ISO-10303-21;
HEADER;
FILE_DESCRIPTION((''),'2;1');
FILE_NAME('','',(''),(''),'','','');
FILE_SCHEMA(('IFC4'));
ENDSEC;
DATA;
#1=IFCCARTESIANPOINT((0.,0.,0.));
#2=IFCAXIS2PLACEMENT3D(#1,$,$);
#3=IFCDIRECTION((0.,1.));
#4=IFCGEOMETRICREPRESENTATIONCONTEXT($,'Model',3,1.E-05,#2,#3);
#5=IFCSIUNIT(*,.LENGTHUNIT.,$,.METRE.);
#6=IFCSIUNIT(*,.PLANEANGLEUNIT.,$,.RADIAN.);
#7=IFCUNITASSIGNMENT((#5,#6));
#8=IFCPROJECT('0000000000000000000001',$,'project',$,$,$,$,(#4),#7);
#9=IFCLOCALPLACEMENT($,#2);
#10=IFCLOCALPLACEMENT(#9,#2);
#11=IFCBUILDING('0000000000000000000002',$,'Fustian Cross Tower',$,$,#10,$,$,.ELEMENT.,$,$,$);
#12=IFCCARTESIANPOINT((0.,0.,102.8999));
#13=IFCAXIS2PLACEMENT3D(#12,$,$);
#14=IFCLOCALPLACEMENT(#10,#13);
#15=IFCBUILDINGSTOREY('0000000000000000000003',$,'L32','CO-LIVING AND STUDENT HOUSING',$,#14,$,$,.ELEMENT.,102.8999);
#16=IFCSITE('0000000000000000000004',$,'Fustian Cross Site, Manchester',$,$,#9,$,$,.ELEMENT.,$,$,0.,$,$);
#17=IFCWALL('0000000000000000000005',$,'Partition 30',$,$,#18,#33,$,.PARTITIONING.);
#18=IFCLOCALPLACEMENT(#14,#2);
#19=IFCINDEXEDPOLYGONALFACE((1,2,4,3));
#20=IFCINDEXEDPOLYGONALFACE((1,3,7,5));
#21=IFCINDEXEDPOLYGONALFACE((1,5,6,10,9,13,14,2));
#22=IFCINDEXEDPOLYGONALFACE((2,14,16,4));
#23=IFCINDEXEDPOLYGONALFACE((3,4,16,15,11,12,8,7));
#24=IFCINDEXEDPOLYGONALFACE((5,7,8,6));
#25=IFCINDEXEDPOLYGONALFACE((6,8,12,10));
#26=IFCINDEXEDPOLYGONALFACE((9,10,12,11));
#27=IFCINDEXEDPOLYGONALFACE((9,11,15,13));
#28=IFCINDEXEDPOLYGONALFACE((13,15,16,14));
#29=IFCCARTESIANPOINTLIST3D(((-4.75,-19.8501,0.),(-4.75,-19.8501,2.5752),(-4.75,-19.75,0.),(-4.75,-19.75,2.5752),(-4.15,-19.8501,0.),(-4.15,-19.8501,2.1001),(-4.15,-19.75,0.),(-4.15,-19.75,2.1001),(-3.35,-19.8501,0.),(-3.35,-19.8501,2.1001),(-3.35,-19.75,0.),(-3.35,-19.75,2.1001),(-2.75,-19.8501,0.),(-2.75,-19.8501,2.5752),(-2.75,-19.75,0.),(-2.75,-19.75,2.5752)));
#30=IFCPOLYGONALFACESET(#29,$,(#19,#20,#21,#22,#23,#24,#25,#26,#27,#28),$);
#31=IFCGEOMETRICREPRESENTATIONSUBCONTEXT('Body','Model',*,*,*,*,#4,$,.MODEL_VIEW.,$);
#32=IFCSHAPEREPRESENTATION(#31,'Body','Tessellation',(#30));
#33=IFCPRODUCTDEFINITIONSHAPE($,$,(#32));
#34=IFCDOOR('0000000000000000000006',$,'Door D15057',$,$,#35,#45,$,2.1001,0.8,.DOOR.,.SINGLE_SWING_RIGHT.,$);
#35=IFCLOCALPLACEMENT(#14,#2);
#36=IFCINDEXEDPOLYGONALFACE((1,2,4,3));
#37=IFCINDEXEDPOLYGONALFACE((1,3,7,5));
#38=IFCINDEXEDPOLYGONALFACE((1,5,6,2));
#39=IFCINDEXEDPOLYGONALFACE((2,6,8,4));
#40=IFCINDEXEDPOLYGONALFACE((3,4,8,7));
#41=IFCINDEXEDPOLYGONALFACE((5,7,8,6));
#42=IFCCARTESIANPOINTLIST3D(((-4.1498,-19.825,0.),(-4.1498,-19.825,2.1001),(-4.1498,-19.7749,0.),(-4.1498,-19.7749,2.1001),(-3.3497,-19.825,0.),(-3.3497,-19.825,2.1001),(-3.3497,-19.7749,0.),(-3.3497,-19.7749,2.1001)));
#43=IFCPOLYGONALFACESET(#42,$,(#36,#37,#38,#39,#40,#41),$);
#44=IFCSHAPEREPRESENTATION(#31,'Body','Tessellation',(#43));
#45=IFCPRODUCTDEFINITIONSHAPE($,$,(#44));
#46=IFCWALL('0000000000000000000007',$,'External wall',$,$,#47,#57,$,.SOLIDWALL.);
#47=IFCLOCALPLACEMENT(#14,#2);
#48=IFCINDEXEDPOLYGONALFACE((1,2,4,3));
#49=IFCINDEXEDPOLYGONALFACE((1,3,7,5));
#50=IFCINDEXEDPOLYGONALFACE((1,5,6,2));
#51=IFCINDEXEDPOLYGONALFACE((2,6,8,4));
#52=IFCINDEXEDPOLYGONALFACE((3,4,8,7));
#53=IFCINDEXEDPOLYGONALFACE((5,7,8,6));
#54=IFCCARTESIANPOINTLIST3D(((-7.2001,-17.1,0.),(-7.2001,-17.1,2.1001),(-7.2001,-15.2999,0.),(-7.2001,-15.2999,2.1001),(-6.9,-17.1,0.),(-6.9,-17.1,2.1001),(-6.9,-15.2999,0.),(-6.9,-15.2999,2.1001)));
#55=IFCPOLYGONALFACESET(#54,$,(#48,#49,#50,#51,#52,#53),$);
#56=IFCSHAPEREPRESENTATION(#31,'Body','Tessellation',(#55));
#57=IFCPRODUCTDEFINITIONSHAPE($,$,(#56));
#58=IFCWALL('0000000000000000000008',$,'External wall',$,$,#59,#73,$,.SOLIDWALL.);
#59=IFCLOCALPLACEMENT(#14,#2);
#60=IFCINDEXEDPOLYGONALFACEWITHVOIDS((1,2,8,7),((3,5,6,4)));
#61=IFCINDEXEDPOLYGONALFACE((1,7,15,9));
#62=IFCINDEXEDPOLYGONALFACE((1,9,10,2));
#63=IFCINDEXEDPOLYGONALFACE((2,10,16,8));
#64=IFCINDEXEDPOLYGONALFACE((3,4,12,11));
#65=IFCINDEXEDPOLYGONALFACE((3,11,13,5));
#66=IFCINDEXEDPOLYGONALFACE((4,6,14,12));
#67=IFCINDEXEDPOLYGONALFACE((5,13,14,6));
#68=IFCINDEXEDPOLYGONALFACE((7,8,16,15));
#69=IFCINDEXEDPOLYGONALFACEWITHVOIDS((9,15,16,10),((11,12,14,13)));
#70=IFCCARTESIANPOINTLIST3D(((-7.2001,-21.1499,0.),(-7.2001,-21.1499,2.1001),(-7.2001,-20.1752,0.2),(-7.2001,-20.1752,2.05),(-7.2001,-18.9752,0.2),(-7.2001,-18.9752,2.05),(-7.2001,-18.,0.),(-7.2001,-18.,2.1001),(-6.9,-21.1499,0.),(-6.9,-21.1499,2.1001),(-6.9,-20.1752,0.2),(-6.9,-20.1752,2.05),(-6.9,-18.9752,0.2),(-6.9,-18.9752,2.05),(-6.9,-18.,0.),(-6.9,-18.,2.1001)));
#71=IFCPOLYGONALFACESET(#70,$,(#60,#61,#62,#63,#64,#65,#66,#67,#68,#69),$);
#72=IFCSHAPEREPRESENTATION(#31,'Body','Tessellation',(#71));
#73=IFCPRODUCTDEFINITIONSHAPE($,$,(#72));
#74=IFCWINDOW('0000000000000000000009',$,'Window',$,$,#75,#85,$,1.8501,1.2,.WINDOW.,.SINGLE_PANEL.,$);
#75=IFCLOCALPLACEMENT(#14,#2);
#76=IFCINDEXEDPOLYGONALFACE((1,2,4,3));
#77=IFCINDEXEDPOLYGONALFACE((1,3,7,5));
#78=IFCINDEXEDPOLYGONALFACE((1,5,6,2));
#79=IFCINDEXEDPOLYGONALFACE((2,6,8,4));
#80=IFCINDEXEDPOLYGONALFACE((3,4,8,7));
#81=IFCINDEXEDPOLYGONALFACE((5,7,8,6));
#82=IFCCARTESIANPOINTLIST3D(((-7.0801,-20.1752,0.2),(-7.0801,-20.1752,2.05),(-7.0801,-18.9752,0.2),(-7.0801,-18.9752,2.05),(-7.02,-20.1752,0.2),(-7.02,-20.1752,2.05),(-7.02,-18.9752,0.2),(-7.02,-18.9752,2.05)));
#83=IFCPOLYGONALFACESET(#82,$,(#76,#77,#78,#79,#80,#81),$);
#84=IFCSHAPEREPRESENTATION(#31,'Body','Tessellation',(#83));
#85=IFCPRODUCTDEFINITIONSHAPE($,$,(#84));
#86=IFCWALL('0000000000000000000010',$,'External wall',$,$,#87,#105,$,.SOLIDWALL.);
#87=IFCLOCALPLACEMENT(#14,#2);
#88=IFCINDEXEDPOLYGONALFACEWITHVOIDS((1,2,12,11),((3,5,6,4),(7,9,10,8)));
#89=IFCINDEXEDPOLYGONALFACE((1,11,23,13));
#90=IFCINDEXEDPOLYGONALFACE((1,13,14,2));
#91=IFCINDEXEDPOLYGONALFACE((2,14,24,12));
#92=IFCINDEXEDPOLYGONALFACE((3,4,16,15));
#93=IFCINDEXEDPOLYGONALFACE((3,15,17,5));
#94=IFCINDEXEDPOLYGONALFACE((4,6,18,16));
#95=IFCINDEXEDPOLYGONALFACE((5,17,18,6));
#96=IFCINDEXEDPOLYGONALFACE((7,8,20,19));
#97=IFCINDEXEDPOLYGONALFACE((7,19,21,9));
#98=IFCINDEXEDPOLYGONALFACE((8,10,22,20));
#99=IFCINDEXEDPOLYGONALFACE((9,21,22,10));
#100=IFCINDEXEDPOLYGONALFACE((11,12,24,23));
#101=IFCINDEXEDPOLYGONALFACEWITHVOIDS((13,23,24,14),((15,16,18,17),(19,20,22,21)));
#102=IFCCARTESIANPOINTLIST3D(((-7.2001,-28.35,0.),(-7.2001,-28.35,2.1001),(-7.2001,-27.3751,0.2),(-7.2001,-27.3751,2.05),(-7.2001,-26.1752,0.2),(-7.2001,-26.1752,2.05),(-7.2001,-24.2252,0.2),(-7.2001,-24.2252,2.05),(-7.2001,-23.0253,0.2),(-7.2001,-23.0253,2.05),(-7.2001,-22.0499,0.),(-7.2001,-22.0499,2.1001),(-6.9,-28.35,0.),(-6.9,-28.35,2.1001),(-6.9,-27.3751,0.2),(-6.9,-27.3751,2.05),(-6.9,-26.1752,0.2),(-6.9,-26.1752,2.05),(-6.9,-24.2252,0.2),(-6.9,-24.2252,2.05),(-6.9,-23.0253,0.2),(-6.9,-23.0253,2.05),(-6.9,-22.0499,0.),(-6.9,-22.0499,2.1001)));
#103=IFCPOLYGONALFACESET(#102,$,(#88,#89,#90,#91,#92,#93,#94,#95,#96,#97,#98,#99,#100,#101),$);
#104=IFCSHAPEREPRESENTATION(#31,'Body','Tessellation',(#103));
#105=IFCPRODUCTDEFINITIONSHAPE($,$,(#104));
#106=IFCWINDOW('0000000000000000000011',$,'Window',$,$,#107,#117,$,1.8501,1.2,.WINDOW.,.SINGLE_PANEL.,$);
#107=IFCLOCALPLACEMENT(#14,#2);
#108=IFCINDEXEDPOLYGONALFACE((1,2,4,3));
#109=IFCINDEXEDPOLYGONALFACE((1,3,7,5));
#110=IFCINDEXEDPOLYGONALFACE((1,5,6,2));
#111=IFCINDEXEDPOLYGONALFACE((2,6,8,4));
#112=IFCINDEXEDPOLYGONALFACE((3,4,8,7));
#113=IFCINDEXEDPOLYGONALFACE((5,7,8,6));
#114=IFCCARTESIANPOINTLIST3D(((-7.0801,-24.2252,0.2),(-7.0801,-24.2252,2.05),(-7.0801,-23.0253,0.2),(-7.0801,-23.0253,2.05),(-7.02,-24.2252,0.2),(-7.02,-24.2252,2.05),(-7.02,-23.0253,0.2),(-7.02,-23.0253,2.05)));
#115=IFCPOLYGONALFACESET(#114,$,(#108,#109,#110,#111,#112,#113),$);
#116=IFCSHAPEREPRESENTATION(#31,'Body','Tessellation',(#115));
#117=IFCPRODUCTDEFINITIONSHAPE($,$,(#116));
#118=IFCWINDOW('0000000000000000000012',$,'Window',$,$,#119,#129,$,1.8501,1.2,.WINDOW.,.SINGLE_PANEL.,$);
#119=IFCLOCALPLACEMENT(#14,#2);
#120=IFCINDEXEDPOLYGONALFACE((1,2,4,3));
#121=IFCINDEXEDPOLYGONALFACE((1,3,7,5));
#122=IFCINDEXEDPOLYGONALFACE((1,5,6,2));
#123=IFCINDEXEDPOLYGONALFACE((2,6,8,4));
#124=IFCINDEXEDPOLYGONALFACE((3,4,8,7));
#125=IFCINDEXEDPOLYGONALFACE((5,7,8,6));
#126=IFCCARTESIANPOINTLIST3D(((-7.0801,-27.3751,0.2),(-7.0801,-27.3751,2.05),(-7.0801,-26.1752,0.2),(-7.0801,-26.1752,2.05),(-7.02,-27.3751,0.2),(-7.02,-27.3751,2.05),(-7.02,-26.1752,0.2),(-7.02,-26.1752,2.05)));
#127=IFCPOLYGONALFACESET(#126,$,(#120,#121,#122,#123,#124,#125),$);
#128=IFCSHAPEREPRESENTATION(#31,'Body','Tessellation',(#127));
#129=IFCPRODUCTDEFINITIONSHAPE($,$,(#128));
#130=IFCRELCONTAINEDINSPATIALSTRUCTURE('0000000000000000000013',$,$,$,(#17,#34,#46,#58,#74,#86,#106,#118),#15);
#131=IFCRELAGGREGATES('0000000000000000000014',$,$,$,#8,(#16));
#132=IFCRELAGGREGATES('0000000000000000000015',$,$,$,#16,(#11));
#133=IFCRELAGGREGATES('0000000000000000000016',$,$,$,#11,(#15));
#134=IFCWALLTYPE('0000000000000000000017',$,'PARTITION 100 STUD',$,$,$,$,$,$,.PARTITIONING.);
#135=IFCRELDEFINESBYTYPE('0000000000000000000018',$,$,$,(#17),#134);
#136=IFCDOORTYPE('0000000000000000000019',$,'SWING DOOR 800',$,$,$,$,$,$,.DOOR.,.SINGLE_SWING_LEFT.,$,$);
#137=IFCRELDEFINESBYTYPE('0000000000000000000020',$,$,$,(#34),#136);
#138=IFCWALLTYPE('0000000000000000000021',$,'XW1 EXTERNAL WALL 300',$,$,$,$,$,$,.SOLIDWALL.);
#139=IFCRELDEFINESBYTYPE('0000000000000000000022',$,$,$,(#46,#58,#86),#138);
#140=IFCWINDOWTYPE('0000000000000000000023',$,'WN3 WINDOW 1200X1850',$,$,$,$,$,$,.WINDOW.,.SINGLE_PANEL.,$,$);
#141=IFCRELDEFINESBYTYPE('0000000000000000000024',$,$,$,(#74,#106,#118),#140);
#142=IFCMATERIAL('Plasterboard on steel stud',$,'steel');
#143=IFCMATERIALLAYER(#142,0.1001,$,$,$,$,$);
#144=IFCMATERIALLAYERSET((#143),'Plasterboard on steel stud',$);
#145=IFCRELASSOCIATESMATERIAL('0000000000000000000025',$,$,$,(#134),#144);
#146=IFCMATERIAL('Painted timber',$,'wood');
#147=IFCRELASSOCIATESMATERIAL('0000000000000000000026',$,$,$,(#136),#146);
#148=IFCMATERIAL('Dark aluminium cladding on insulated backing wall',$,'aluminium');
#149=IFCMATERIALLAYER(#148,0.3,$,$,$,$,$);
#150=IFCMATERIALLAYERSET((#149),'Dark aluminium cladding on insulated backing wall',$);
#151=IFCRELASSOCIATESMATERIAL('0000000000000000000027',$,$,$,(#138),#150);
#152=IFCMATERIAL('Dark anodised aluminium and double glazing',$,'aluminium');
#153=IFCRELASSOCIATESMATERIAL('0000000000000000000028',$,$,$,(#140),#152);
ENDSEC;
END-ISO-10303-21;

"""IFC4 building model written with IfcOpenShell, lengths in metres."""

from ifc_helpers import new_model, si_unit, direction, frame, frame_2d, origin, place, context, subcontext, project, spatial, rectangle, extrude, material, layer, layer_set, type_object, element, fill, save


model = new_model("IFC4")

# Units and contexts
model_context = context("Model", 3, precision=1e-05, world=origin(), true_north=direction((0.0, 1.0)))
body_context = subcontext(model_context, "Body", "Model", "MODEL_VIEW")
ifc_project = project(units=[si_unit("LENGTHUNIT", "METRE"), si_unit("PLANEANGLEUNIT", "RADIAN")], contexts=[model_context])

# Site, building, storey
site_placement = place(None, origin())
site = spatial("IfcSite", under=ifc_project, at=site_placement, Name="Fustian Cross Site, Manchester", CompositionType="ELEMENT", RefElevation=0.0)
building_placement = place(site_placement, origin())
building = spatial("IfcBuilding", under=site, at=building_placement, Name="Fustian Cross Tower", CompositionType="ELEMENT")
storey_placement = place(building_placement, frame((0.0, 0.0, 102.8999)))
storey = spatial("IfcBuildingStorey", under=building, at=storey_placement, Name="L32", Description="CO-LIVING AND STUDENT HOUSING", CompositionType="ELEMENT", Elevation=102.8999)

# Shared definitions
ifc_material_1 = material(Name="Plasterboard on steel stud", Category="steel")
ifc_layer_1 = layer(ifc_material_1, 0.1001)
ifc_layer_set_1 = layer_set([ifc_layer_1], Name="Plasterboard on steel stud")
wall_type_1 = type_object("IfcWallType", Name="PARTITION 100 STUD", PredefinedType="PARTITIONING", material=ifc_layer_set_1)

# Wall, opening, door
ifc_material_2 = material(Name="Painted timber", Category="wood")
door_type = type_object("IfcDoorType", Name="SWING DOOR 800", OperationType="SINGLE_SWING_LEFT", PredefinedType="DOOR", material=ifc_material_2)
wall_1_placement = place(storey_placement, frame((-4.75, -19.8, 0.0), z_axis=(0.0, 0.0, 1.0), x_axis=(1.0, 0.0, 0.0)))
wall_1 = element("IfcWall", 1, at=wall_1_placement, inside=storey, type_object=wall_type_1, Name="Partition 30", PredefinedType="PARTITIONING", context=body_context, shape_type="SweptSolid", body=[
    extrude(rectangle(XDim=2.0, YDim=0.1001, at=frame_2d((1.0, 0.0))), origin(), (0.0, 0.0, 1.0), 2.5752),
])
opening_1_placement = place(wall_1_placement, frame((0.6001, 0.0, 0.0)))
opening_1 = element("IfcOpeningElement", 2, at=opening_1_placement, cuts=wall_1, PredefinedType="OPENING", context=body_context, shape_type="SweptSolid", body=[
    extrude(rectangle(XDim=0.8, YDim=2.1001, at=frame_2d((0.3999, 1.05))), frame((0.0, 0.0601, 0.0), z_axis=(0.0, -1.0, 0.0), x_axis=(1.0, 0.0, 0.0)), (0.0, 0.0, 1.0), 0.1201),
])
door_1_placement = place(opening_1_placement, frame((0.8, 0.0, 0.0), z_axis=(0.0, 0.0, 1.0), x_axis=(-1.0, 0.0, 0.0)))
door_1 = element("IfcDoor", 3, at=door_1_placement, inside=storey, type_object=door_type, Name="Door D15057", OperationType="SINGLE_SWING_RIGHT", OverallHeight=2.1001, OverallWidth=0.8, PredefinedType="DOOR", context=body_context, shape_type="SweptSolid", body=[
    extrude(rectangle(XDim=0.8, YDim=2.1001, at=frame_2d((0.3999, 1.05))), frame((0.0, 0.0249, 0.0), z_axis=(0.0, -1.0, 0.0), x_axis=(1.0, 0.0, 0.0)), (0.0, 0.0, 1.0), 0.05),
])
fill(opening_1, door_1)

# Wall
ifc_material_3 = material(Name="Dark aluminium cladding on insulated backing wall", Category="aluminium")
ifc_layer_2 = layer(ifc_material_3, 0.3)
ifc_layer_set_2 = layer_set([ifc_layer_2], Name="Dark aluminium cladding on insulated backing wall")
wall_type_2 = type_object("IfcWallType", Name="XW1 EXTERNAL WALL 300", PredefinedType="SOLIDWALL", material=ifc_layer_set_2)
wall_2_placement = place(storey_placement, frame((-7.05, -15.3, 0.0), z_axis=(0.0, 0.0, 1.0), x_axis=(0.0, -1.0, 0.0)))
element("IfcWall", 4, at=wall_2_placement, inside=storey, type_object=wall_type_2, Name="External wall", PredefinedType="SOLIDWALL", context=body_context, shape_type="SweptSolid", body=[
    extrude(rectangle(XDim=1.8, YDim=0.3, at=frame_2d((0.8999, 0.0))), origin(), (0.0, 0.0, 1.0), 2.1001),
])

# Wall, opening, window
wall_3_placement = place(storey_placement, frame((-7.05, -18.0, 0.0), z_axis=(0.0, 0.0, 1.0), x_axis=(0.0, -1.0, 0.0)))
wall_3 = element("IfcWall", 5, at=wall_3_placement, inside=storey, type_object=wall_type_2, Name="External wall", PredefinedType="SOLIDWALL", context=body_context, shape_type="SweptSolid", body=[
    extrude(rectangle(XDim=3.1499, YDim=0.3, at=frame_2d((1.575, 0.0))), origin(), (0.0, 0.0, 1.0), 2.1001),
])
opening_2_placement = place(wall_3_placement, frame((0.9751, 0.0, 0.2)))
opening_2 = element("IfcOpeningElement", 6, at=opening_2_placement, cuts=wall_3, PredefinedType="OPENING", context=body_context, shape_type="SweptSolid", body=[
    extrude(rectangle(XDim=1.2, YDim=1.8501, at=frame_2d((0.6001, 0.925))), frame((0.0, 0.1599, 0.0), z_axis=(0.0, -1.0, 0.0), x_axis=(1.0, 0.0, 0.0)), (0.0, 0.0, 1.0), 0.3201),
])
ifc_material_4 = material(Name="Dark anodised aluminium and double glazing", Category="aluminium")
window_type = type_object("IfcWindowType", Name="WN3 WINDOW 1200X1850", PartitioningType="SINGLE_PANEL", PredefinedType="WINDOW", material=ifc_material_4)
window_1_placement = place(opening_2_placement, origin())
window_1 = element("IfcWindow", 7, at=window_1_placement, inside=storey, type_object=window_type, Name="Window", OverallHeight=1.8501, OverallWidth=1.2, PartitioningType="SINGLE_PANEL", PredefinedType="WINDOW", context=body_context, shape_type="SweptSolid", body=[
    extrude(rectangle(XDim=1.2, YDim=1.8501, at=frame_2d((0.6001, 0.925))), frame((0.0, 0.03, 0.0), z_axis=(0.0, -1.0, 0.0), x_axis=(1.0, 0.0, 0.0)), (0.0, 0.0, 1.0), 0.0601),
])
fill(opening_2, window_1)

# Wall, openings, windows
wall_4_placement = place(storey_placement, frame((-7.05, -22.05, 0.0), z_axis=(0.0, 0.0, 1.0), x_axis=(0.0, -1.0, 0.0)))
wall_4 = element("IfcWall", 8, at=wall_4_placement, inside=storey, type_object=wall_type_2, Name="External wall", PredefinedType="SOLIDWALL", context=body_context, shape_type="SweptSolid", body=[
    extrude(rectangle(XDim=6.3, YDim=0.3, at=frame_2d((3.1499, 0.0))), origin(), (0.0, 0.0, 1.0), 2.1001),
])
opening_3_placement = place(wall_4_placement, frame((0.9751, 0.0, 0.2)))
opening_3 = element("IfcOpeningElement", 9, at=opening_3_placement, cuts=wall_4, PredefinedType="OPENING", context=body_context, shape_type="SweptSolid", body=[
    extrude(rectangle(XDim=1.2, YDim=1.8501, at=frame_2d((0.6001, 0.925))), frame((0.0, 0.1599, 0.0), z_axis=(0.0, -1.0, 0.0), x_axis=(1.0, 0.0, 0.0)), (0.0, 0.0, 1.0), 0.3201),
])
opening_4_placement = place(wall_4_placement, frame((4.125, 0.0, 0.2)))
opening_4 = element("IfcOpeningElement", 10, at=opening_4_placement, cuts=wall_4, PredefinedType="OPENING", context=body_context, shape_type="SweptSolid", body=[
    extrude(rectangle(XDim=1.2, YDim=1.8501, at=frame_2d((0.6001, 0.925))), frame((0.0, 0.1599, 0.0), z_axis=(0.0, -1.0, 0.0), x_axis=(1.0, 0.0, 0.0)), (0.0, 0.0, 1.0), 0.3201),
])
window_2_placement = place(opening_3_placement, origin())
window_2 = element("IfcWindow", 11, at=window_2_placement, inside=storey, type_object=window_type, Name="Window", OverallHeight=1.8501, OverallWidth=1.2, PartitioningType="SINGLE_PANEL", PredefinedType="WINDOW", context=body_context, shape_type="SweptSolid", body=[
    extrude(rectangle(XDim=1.2, YDim=1.8501, at=frame_2d((0.6001, 0.925))), frame((0.0, 0.03, 0.0), z_axis=(0.0, -1.0, 0.0), x_axis=(1.0, 0.0, 0.0)), (0.0, 0.0, 1.0), 0.0601),
])
fill(opening_3, window_2)
window_3_placement = place(opening_4_placement, origin())
window_3 = element("IfcWindow", 12, at=window_3_placement, inside=storey, type_object=window_type, Name="Window", OverallHeight=1.8501, OverallWidth=1.2, PartitioningType="SINGLE_PANEL", PredefinedType="WINDOW", context=body_context, shape_type="SweptSolid", body=[
    extrude(rectangle(XDim=1.2, YDim=1.8501, at=frame_2d((0.6001, 0.925))), frame((0.0, 0.03, 0.0), z_axis=(0.0, -1.0, 0.0), x_axis=(1.0, 0.0, 0.0)), (0.0, 0.0, 1.0), 0.0601),
])
fill(opening_4, window_3)

save(model, "model.ifc")
